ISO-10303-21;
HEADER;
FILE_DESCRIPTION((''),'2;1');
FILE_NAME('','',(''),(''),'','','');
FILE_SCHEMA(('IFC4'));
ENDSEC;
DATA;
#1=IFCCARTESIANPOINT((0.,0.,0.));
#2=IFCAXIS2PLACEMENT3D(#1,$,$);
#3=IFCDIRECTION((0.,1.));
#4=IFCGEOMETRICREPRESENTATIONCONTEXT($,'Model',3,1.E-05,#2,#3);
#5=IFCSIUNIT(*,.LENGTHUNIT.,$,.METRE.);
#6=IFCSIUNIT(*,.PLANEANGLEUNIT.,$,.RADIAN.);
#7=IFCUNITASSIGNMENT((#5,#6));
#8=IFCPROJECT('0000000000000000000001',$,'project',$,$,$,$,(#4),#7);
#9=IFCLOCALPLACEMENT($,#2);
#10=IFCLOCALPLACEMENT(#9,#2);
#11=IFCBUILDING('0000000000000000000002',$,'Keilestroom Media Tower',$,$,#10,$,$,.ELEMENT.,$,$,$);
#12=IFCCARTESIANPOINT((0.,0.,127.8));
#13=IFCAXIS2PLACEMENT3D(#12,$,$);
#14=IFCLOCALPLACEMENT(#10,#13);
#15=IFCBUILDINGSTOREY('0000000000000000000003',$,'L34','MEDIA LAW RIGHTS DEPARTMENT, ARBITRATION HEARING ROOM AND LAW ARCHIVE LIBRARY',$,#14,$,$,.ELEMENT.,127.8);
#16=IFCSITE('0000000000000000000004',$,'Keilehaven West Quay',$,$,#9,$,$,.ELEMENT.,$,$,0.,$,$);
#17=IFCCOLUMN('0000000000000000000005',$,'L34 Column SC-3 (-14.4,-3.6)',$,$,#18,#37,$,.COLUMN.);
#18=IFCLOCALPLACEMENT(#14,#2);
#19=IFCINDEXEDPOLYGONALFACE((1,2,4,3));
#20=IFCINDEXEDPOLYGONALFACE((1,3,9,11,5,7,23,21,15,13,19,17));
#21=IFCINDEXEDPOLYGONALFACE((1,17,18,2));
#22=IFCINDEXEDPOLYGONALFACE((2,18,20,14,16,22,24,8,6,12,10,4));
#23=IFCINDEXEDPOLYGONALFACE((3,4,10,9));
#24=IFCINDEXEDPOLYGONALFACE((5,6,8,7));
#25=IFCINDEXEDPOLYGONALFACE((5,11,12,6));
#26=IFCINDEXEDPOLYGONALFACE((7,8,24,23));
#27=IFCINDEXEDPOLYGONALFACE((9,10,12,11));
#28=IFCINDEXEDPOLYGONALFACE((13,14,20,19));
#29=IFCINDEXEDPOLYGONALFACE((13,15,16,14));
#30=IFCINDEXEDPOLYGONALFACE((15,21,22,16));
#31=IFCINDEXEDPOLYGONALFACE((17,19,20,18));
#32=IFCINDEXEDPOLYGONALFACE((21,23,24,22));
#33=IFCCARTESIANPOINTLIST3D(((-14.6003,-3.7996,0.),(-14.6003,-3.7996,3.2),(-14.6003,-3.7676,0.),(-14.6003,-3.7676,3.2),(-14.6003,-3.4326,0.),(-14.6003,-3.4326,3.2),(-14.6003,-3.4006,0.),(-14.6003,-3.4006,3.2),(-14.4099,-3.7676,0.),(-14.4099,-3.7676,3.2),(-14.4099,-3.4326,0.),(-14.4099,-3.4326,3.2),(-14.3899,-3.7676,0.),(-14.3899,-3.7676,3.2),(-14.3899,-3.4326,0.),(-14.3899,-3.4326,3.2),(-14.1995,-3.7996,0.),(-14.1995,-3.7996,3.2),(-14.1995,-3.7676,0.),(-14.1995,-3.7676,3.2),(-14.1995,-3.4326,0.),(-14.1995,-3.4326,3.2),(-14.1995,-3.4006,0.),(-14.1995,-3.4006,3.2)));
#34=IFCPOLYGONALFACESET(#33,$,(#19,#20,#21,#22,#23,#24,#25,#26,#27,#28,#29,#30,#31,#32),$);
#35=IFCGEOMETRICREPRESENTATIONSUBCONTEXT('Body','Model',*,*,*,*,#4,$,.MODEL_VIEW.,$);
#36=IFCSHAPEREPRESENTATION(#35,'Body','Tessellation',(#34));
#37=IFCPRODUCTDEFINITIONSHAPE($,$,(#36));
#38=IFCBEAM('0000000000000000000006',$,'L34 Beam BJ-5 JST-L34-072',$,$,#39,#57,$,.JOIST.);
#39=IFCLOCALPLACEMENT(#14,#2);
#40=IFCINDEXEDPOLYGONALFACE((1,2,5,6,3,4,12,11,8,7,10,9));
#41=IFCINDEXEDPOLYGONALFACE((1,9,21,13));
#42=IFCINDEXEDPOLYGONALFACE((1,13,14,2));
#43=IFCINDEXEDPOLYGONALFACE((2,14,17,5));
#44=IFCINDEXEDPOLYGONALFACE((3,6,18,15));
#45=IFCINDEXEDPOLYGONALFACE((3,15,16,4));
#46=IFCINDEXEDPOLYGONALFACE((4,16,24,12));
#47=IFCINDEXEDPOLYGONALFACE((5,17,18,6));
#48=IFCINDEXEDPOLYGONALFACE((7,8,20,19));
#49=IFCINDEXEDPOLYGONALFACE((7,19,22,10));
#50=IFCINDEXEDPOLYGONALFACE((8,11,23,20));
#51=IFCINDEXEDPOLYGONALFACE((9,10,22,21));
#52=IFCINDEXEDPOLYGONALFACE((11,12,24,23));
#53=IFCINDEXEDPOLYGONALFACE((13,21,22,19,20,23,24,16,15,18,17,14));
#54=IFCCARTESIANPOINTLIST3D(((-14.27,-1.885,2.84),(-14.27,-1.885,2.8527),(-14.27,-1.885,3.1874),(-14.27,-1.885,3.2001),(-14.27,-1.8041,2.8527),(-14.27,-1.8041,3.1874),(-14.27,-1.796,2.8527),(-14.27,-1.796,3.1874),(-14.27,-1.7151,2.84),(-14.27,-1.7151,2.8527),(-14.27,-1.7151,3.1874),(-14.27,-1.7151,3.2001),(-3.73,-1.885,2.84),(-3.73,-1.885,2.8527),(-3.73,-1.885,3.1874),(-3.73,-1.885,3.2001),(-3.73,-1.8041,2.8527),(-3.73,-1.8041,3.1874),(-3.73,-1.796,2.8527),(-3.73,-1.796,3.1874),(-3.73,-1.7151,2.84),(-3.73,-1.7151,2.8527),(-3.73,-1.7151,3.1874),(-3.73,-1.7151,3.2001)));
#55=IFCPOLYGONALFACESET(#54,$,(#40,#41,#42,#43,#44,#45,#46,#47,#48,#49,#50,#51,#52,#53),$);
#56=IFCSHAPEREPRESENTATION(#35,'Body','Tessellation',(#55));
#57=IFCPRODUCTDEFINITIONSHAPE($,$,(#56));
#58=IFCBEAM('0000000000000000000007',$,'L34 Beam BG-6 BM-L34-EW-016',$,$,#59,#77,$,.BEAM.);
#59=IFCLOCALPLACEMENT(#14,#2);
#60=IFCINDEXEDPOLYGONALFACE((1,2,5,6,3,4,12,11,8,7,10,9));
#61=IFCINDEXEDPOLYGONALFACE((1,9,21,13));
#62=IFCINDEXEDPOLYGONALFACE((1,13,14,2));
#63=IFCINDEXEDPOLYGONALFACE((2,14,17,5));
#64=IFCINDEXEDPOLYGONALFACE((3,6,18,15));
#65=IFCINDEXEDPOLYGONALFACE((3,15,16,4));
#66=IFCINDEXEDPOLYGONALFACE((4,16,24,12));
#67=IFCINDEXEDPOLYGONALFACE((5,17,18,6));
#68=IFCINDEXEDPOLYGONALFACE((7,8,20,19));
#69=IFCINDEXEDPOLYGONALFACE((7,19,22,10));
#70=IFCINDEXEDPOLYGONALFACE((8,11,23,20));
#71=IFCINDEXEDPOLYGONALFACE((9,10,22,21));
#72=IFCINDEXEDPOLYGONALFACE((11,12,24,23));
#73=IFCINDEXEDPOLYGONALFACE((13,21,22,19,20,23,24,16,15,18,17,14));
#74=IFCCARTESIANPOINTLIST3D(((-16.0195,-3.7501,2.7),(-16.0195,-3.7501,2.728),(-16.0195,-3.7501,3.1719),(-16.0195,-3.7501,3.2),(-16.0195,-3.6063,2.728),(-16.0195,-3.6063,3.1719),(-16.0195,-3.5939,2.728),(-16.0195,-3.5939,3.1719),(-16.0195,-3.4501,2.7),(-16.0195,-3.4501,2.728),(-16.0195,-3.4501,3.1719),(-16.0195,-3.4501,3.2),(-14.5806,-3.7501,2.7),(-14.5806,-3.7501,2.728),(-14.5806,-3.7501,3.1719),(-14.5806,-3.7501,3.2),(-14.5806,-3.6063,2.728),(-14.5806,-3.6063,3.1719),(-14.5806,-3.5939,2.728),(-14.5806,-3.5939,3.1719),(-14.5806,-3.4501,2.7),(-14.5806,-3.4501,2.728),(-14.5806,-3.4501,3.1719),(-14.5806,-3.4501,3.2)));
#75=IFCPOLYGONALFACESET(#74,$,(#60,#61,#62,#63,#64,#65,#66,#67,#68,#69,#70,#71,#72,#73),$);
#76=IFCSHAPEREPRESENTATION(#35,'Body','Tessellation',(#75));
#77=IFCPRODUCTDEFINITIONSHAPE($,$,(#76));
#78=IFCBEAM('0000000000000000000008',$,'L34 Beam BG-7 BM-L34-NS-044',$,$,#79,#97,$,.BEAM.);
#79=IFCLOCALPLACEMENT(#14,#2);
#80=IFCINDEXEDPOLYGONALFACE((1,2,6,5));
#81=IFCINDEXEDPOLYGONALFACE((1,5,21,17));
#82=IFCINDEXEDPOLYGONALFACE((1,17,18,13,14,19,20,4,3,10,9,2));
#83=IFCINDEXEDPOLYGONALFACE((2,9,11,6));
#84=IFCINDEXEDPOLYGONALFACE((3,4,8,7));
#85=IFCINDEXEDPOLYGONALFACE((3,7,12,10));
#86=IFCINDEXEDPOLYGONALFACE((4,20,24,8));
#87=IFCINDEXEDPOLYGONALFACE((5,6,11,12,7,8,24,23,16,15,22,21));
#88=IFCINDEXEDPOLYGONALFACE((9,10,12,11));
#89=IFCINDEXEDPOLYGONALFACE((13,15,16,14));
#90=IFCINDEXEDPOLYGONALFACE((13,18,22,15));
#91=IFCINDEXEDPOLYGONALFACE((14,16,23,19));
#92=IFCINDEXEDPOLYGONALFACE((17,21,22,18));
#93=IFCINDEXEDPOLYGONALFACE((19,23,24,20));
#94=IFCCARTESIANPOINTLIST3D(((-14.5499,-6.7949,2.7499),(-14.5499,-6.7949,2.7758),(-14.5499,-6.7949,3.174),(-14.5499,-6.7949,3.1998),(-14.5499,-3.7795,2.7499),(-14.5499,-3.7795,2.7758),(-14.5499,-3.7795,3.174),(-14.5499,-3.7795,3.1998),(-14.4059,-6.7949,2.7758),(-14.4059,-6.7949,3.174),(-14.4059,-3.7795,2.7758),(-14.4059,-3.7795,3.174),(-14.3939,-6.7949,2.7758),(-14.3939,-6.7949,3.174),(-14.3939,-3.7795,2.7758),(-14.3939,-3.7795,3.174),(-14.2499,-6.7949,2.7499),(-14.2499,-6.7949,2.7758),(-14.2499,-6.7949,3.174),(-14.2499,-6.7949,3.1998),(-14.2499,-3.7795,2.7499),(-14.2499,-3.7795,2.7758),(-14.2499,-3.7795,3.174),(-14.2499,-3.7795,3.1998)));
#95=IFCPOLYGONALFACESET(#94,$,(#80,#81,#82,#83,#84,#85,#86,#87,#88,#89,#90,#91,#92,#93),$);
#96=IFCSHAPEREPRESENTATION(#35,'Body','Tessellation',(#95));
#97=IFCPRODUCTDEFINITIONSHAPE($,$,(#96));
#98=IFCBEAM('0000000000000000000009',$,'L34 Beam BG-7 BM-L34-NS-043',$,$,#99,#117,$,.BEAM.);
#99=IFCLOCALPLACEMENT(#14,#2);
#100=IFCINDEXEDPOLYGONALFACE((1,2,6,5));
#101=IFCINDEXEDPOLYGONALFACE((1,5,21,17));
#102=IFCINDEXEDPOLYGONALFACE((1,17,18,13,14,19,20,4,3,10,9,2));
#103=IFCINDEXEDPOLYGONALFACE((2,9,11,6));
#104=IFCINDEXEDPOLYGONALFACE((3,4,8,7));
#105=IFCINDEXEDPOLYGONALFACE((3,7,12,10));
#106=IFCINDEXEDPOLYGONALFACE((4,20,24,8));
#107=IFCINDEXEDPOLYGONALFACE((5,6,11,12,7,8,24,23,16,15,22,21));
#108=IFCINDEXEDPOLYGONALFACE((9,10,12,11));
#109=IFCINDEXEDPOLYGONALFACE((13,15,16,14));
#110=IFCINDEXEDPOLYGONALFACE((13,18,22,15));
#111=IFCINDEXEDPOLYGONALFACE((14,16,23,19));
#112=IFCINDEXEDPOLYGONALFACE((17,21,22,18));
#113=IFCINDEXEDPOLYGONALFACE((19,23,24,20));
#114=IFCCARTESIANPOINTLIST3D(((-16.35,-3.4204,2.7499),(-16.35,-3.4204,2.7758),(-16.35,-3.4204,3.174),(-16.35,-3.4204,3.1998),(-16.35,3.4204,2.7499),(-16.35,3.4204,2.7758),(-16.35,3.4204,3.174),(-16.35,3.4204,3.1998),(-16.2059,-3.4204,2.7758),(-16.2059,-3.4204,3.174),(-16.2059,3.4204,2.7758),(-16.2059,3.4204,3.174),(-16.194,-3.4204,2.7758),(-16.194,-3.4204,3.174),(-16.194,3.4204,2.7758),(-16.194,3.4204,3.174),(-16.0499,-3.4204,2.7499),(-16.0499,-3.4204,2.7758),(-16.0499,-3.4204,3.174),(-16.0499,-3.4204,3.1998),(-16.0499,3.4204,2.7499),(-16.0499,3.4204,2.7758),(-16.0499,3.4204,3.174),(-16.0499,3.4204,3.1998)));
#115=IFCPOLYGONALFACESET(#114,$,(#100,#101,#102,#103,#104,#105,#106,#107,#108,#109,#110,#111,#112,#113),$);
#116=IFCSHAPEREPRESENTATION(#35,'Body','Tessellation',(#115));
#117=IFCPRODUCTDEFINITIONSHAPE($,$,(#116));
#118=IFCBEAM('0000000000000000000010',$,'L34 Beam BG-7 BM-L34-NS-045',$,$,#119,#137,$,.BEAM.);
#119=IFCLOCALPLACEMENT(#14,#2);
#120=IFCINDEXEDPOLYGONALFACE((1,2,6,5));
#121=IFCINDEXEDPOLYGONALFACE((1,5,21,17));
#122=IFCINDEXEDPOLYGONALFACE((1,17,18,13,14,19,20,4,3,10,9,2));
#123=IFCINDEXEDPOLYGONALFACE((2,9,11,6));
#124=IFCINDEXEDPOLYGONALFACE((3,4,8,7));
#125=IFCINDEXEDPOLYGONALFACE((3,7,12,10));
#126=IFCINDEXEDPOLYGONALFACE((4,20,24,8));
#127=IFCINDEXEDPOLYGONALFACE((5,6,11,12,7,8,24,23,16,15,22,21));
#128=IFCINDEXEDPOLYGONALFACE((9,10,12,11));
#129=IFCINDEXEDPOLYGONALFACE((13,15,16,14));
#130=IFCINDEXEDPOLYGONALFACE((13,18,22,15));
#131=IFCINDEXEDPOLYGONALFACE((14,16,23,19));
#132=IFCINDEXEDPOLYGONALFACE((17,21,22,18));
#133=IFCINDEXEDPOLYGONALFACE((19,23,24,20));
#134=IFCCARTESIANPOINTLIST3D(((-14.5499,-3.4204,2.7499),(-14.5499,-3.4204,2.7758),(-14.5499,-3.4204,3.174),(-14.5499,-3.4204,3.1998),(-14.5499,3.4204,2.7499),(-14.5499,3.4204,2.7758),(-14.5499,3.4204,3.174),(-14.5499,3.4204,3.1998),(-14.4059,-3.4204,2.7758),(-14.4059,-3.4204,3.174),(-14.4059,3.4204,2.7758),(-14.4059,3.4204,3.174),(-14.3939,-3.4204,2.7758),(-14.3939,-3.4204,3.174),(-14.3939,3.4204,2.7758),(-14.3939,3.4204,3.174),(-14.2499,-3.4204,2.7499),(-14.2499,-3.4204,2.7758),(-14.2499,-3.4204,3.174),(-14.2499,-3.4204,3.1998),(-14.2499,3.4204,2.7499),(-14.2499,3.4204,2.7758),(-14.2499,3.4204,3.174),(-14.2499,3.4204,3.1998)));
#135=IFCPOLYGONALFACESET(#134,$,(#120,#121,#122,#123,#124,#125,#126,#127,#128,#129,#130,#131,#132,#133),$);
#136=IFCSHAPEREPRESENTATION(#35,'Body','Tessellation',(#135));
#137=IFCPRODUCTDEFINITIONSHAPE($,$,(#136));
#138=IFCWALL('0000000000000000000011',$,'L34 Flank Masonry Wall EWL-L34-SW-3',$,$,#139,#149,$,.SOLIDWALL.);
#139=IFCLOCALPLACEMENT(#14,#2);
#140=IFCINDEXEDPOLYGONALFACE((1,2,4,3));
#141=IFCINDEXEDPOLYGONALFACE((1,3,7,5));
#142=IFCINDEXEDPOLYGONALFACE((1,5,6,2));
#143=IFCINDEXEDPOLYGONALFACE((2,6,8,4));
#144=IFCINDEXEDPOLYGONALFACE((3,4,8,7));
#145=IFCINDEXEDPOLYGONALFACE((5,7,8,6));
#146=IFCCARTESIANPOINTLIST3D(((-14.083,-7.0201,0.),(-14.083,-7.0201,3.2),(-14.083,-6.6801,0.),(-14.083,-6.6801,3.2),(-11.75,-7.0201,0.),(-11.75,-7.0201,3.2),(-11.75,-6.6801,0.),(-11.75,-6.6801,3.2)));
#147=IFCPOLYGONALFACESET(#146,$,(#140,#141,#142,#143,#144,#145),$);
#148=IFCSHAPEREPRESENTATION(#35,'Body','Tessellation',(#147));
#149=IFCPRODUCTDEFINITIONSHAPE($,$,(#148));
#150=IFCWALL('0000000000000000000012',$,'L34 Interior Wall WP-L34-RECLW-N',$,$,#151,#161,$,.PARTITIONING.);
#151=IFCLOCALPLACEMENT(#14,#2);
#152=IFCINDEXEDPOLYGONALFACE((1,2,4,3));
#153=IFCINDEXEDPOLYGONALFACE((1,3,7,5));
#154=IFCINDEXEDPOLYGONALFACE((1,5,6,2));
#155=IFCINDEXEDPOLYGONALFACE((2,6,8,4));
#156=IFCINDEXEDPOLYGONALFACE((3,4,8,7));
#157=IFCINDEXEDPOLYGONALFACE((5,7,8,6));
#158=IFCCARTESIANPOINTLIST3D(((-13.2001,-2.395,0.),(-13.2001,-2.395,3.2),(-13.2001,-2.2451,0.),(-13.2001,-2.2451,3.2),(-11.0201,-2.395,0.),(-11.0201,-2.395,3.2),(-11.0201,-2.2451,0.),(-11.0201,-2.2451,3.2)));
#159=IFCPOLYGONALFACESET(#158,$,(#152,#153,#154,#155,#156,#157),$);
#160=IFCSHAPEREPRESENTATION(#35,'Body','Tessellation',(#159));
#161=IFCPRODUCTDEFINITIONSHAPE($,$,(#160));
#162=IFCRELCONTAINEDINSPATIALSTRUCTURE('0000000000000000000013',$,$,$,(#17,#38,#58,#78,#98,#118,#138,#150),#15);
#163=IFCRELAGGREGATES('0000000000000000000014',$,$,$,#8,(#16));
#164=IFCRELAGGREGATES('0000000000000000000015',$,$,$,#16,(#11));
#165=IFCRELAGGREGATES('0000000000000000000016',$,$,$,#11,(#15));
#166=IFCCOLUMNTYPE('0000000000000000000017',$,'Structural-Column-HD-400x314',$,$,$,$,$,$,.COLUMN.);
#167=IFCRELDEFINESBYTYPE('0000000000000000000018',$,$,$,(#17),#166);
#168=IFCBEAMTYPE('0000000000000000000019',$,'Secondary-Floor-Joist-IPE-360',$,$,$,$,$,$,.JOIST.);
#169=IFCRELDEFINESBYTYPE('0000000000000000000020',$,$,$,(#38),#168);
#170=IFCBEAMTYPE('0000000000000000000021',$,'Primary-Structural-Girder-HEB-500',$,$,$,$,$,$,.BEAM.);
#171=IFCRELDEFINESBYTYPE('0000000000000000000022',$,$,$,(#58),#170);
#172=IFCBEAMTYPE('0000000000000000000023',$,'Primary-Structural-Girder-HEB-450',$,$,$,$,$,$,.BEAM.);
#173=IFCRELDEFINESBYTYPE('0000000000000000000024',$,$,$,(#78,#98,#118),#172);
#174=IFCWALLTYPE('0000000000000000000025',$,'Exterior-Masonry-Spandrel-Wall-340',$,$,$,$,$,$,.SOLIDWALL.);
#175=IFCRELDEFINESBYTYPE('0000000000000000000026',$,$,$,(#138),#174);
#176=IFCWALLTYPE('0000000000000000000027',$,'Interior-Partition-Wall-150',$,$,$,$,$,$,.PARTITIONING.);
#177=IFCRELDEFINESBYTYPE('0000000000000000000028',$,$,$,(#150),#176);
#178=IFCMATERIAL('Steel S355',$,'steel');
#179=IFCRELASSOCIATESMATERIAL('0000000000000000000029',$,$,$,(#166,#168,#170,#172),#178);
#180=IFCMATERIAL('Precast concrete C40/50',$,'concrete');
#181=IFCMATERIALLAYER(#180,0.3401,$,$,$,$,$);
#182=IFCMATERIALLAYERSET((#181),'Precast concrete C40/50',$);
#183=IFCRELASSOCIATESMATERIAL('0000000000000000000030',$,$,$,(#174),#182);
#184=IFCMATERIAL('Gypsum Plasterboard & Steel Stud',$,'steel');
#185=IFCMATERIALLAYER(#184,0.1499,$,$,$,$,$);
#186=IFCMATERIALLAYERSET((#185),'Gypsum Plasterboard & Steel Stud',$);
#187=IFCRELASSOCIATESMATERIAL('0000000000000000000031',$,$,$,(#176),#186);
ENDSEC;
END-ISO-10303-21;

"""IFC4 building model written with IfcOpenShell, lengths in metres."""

from ifc_helpers import new_model, si_unit, direction, frame, frame_2d, origin, origin_2d, place, context, subcontext, project, spatial, rectangle, i_section, extrude, source, transform, mapped, material, layer, layer_set, material_profile, profile_set, type_object, element, save


model = new_model("IFC4")

# Units and contexts
model_context = context("Model", 3, precision=1e-05, world=origin(), true_north=direction((0.0, 1.0)))
body_context = subcontext(model_context, "Body", "Model", "MODEL_VIEW")
ifc_project = project(units=[si_unit("LENGTHUNIT", "METRE"), si_unit("PLANEANGLEUNIT", "RADIAN")], contexts=[model_context])

# Site, building, storey
site_placement = place(None, origin())
site = spatial("IfcSite", under=ifc_project, at=site_placement, Name="Keilehaven West Quay", CompositionType="ELEMENT", RefElevation=0.0)
building_placement = place(site_placement, origin())
building = spatial("IfcBuilding", under=site, at=building_placement, Name="Keilestroom Media Tower", CompositionType="ELEMENT")
storey_placement = place(building_placement, frame((0.0, 0.0, 127.8)))
storey = spatial("IfcBuildingStorey", under=building, at=storey_placement, Name="L34", Description="MEDIA LAW RIGHTS DEPARTMENT, ARBITRATION HEARING ROOM AND LAW ARCHIVE LIBRARY", CompositionType="ELEMENT", Elevation=127.8)

# Column
ifc_material_1 = material(Name="Steel S355", Category="steel")
ifc_material_profile_1 = material_profile(ifc_material_1, i_section(OverallWidth=0.4009, OverallDepth=0.3989, WebThickness=0.02, FlangeThickness=0.032, at=origin_2d()), Name="HD 400x314")
ifc_profile_set_1 = profile_set([ifc_material_profile_1], Name="Steel S355")
column_type = type_object("IfcColumnType", Name="Structural-Column-HD-400x314", PredefinedType="COLUMN", material=ifc_profile_set_1)
shared_shape_1 = source(origin(), body_context, "Body", "SweptSolid", [
    extrude(i_section(OverallWidth=0.4009, OverallDepth=0.3989, WebThickness=0.02, FlangeThickness=0.032, at=origin_2d()), origin(), (0.0, 0.0, 1.0), 3.2),
])
column_placement = place(storey_placement, frame((-14.3999, -3.6001, 0.0), z_axis=(0.0, 0.0, 1.0), x_axis=(1.0, 0.0, 0.0)))
element("IfcColumn", 1, at=column_placement, inside=storey, type_object=column_type, Name="L34 Column SC-3 (-14.4,-3.6)", PredefinedType="COLUMN", context=body_context, shape_type="MappedRepresentation", body=[
    mapped(shared_shape_1, transform((0.0, 0.0, 0.0), x_axis=(1.0, 0.0, 0.0), y_axis=(0.0, 1.0, 0.0), z_axis=(0.0, 0.0, 1.0), scale=1.0)),
])

# Beams
ifc_material_profile_2 = material_profile(ifc_material_1, i_section(OverallWidth=0.1699, OverallDepth=0.3601, WebThickness=0.0081, FlangeThickness=0.0127, at=origin_2d()), Name="IPE 360")
ifc_profile_set_2 = profile_set([ifc_material_profile_2], Name="Steel S355")
beam_type_1 = type_object("IfcBeamType", Name="Secondary-Floor-Joist-IPE-360", PredefinedType="JOIST", material=ifc_profile_set_2)
shared_shape_2 = source(origin(), body_context, "Body", "SweptSolid", [
    extrude(i_section(OverallWidth=0.1699, OverallDepth=0.3601, WebThickness=0.0081, FlangeThickness=0.0127, at=origin_2d()), origin(), (0.0, 0.0, 1.0), 10.54),
])
beam_1_placement = place(storey_placement, frame((-14.27, -1.8, 3.02), z_axis=(1.0, 0.0, 0.0), x_axis=(0.0, 1.0, 0.0)))
element("IfcBeam", 2, at=beam_1_placement, inside=storey, type_object=beam_type_1, Name="L34 Beam BJ-5 JST-L34-072", PredefinedType="JOIST", context=body_context, shape_type="MappedRepresentation", body=[
    mapped(shared_shape_2, transform((0.0, 0.0, 0.0), x_axis=(1.0, 0.0, 0.0), y_axis=(0.0, 1.0, 0.0), z_axis=(0.0, 0.0, 1.0), scale=1.0)),
])
ifc_material_profile_3 = material_profile(ifc_material_1, i_section(OverallWidth=0.3, OverallDepth=0.5, WebThickness=0.0125, FlangeThickness=0.0281, at=origin_2d()), Name="HEB 500")
ifc_profile_set_3 = profile_set([ifc_material_profile_3], Name="Steel S355")
beam_type_2 = type_object("IfcBeamType", Name="Primary-Structural-Girder-HEB-500", PredefinedType="BEAM", material=ifc_profile_set_3)
shared_shape_3 = source(origin(), body_context, "Body", "SweptSolid", [
    extrude(i_section(OverallWidth=0.3, OverallDepth=0.5, WebThickness=0.0125, FlangeThickness=0.0281, at=origin_2d()), origin(), (0.0, 0.0, 1.0), 1.439),
])
beam_2_placement = place(storey_placement, frame((-16.0195, -3.6001, 2.95), z_axis=(1.0, 0.0, 0.0), x_axis=(0.0, 1.0, 0.0)))
element("IfcBeam", 3, at=beam_2_placement, inside=storey, type_object=beam_type_2, Name="L34 Beam BG-6 BM-L34-EW-016", PredefinedType="BEAM", context=body_context, shape_type="MappedRepresentation", body=[
    mapped(shared_shape_3, transform((0.0, 0.0, 0.0), x_axis=(1.0, 0.0, 0.0), y_axis=(0.0, 1.0, 0.0), z_axis=(0.0, 0.0, 1.0), scale=1.0)),
])
ifc_material_profile_4 = material_profile(ifc_material_1, i_section(OverallWidth=0.3, OverallDepth=0.45, WebThickness=0.012, FlangeThickness=0.0259, at=origin_2d()), Name="HEB 450")
ifc_profile_set_4 = profile_set([ifc_material_profile_4], Name="Steel S355")
beam_type_3 = type_object("IfcBeamType", Name="Primary-Structural-Girder-HEB-450", PredefinedType="BEAM", material=ifc_profile_set_4)
shared_shape_4 = source(origin(), body_context, "Body", "SweptSolid", [
    extrude(i_section(OverallWidth=0.3, OverallDepth=0.45, WebThickness=0.012, FlangeThickness=0.0259, at=origin_2d()), origin(), (0.0, 0.0, 1.0), 3.0154),
])
beam_3_placement = place(storey_placement, frame((-14.3999, -6.7949, 2.9749), z_axis=(0.0, 1.0, 0.0), x_axis=(-1.0, 0.0, 0.0)))
element("IfcBeam", 4, at=beam_3_placement, inside=storey, type_object=beam_type_3, Name="L34 Beam BG-7 BM-L34-NS-044", PredefinedType="BEAM", context=body_context, shape_type="MappedRepresentation", body=[
    mapped(shared_shape_4, transform((0.0, 0.0, 0.0), x_axis=(1.0, 0.0, 0.0), y_axis=(0.0, 1.0, 0.0), z_axis=(0.0, 0.0, 1.0), scale=1.0)),
])
shared_shape_5 = source(origin(), body_context, "Body", "SweptSolid", [
    extrude(i_section(OverallWidth=0.3, OverallDepth=0.45, WebThickness=0.012, FlangeThickness=0.0259, at=origin_2d()), origin(), (0.0, 0.0, 1.0), 6.8408),
])
for number, where, z_axis, x_axis, name in (
    (5, (-16.2, -3.4204, 2.9749), (0.0, 1.0, 0.0), (-1.0, 0.0, 0.0), "L34 Beam BG-7 BM-L34-NS-043"),
    (6, (-14.3999, -3.4204, 2.9749), (0.0, 1.0, 0.0), (-1.0, 0.0, 0.0), "L34 Beam BG-7 BM-L34-NS-045"),
):
    element("IfcBeam", number, at=place(storey_placement, frame(where, z_axis=z_axis, x_axis=x_axis)), inside=storey, type_object=beam_type_3, Name=name, PredefinedType="BEAM", context=body_context, shape_type="MappedRepresentation", body=[
        mapped(shared_shape_5, transform((0.0, 0.0, 0.0), x_axis=(1.0, 0.0, 0.0), y_axis=(0.0, 1.0, 0.0), z_axis=(0.0, 0.0, 1.0), scale=1.0)),
    ])

# Walls
ifc_material_2 = material(Name="Precast concrete C40/50", Category="concrete")
ifc_layer_1 = layer(ifc_material_2, 0.3401)
ifc_layer_set_1 = layer_set([ifc_layer_1], Name="Precast concrete C40/50")
wall_type_1 = type_object("IfcWallType", Name="Exterior-Masonry-Spandrel-Wall-340", PredefinedType="SOLIDWALL", material=ifc_layer_set_1)
wall_1_placement = place(storey_placement, frame((-14.083, -6.8501, 0.0), z_axis=(0.0, 0.0, 1.0), x_axis=(1.0, 0.0, 0.0)))
element("IfcWall", 7, at=wall_1_placement, inside=storey, type_object=wall_type_1, Name="L34 Flank Masonry Wall EWL-L34-SW-3", PredefinedType="SOLIDWALL", context=body_context, shape_type="SweptSolid", body=[
    extrude(rectangle(XDim=2.333, YDim=0.3401, at=frame_2d((1.1665, 0.0))), origin(), (0.0, 0.0, 1.0), 3.2),
])
ifc_material_3 = material(Name="Gypsum Plasterboard & Steel Stud", Category="steel")
ifc_layer_2 = layer(ifc_material_3, 0.1499)
ifc_layer_set_2 = layer_set([ifc_layer_2], Name="Gypsum Plasterboard & Steel Stud")
wall_type_2 = type_object("IfcWallType", Name="Interior-Partition-Wall-150", PredefinedType="PARTITIONING", material=ifc_layer_set_2)
wall_2_placement = place(storey_placement, frame((-13.2, -2.3201, 0.0), z_axis=(0.0, 0.0, 1.0), x_axis=(1.0, 0.0, 0.0)))
element("IfcWall", 8, at=wall_2_placement, inside=storey, type_object=wall_type_2, Name="L34 Interior Wall WP-L34-RECLW-N", PredefinedType="PARTITIONING", context=body_context, shape_type="SweptSolid", body=[
    extrude(rectangle(XDim=2.1799, YDim=0.1499, at=frame_2d((1.0898, 0.0))), origin(), (0.0, 0.0, 1.0), 3.2),
])

save(model, "model.ifc")
